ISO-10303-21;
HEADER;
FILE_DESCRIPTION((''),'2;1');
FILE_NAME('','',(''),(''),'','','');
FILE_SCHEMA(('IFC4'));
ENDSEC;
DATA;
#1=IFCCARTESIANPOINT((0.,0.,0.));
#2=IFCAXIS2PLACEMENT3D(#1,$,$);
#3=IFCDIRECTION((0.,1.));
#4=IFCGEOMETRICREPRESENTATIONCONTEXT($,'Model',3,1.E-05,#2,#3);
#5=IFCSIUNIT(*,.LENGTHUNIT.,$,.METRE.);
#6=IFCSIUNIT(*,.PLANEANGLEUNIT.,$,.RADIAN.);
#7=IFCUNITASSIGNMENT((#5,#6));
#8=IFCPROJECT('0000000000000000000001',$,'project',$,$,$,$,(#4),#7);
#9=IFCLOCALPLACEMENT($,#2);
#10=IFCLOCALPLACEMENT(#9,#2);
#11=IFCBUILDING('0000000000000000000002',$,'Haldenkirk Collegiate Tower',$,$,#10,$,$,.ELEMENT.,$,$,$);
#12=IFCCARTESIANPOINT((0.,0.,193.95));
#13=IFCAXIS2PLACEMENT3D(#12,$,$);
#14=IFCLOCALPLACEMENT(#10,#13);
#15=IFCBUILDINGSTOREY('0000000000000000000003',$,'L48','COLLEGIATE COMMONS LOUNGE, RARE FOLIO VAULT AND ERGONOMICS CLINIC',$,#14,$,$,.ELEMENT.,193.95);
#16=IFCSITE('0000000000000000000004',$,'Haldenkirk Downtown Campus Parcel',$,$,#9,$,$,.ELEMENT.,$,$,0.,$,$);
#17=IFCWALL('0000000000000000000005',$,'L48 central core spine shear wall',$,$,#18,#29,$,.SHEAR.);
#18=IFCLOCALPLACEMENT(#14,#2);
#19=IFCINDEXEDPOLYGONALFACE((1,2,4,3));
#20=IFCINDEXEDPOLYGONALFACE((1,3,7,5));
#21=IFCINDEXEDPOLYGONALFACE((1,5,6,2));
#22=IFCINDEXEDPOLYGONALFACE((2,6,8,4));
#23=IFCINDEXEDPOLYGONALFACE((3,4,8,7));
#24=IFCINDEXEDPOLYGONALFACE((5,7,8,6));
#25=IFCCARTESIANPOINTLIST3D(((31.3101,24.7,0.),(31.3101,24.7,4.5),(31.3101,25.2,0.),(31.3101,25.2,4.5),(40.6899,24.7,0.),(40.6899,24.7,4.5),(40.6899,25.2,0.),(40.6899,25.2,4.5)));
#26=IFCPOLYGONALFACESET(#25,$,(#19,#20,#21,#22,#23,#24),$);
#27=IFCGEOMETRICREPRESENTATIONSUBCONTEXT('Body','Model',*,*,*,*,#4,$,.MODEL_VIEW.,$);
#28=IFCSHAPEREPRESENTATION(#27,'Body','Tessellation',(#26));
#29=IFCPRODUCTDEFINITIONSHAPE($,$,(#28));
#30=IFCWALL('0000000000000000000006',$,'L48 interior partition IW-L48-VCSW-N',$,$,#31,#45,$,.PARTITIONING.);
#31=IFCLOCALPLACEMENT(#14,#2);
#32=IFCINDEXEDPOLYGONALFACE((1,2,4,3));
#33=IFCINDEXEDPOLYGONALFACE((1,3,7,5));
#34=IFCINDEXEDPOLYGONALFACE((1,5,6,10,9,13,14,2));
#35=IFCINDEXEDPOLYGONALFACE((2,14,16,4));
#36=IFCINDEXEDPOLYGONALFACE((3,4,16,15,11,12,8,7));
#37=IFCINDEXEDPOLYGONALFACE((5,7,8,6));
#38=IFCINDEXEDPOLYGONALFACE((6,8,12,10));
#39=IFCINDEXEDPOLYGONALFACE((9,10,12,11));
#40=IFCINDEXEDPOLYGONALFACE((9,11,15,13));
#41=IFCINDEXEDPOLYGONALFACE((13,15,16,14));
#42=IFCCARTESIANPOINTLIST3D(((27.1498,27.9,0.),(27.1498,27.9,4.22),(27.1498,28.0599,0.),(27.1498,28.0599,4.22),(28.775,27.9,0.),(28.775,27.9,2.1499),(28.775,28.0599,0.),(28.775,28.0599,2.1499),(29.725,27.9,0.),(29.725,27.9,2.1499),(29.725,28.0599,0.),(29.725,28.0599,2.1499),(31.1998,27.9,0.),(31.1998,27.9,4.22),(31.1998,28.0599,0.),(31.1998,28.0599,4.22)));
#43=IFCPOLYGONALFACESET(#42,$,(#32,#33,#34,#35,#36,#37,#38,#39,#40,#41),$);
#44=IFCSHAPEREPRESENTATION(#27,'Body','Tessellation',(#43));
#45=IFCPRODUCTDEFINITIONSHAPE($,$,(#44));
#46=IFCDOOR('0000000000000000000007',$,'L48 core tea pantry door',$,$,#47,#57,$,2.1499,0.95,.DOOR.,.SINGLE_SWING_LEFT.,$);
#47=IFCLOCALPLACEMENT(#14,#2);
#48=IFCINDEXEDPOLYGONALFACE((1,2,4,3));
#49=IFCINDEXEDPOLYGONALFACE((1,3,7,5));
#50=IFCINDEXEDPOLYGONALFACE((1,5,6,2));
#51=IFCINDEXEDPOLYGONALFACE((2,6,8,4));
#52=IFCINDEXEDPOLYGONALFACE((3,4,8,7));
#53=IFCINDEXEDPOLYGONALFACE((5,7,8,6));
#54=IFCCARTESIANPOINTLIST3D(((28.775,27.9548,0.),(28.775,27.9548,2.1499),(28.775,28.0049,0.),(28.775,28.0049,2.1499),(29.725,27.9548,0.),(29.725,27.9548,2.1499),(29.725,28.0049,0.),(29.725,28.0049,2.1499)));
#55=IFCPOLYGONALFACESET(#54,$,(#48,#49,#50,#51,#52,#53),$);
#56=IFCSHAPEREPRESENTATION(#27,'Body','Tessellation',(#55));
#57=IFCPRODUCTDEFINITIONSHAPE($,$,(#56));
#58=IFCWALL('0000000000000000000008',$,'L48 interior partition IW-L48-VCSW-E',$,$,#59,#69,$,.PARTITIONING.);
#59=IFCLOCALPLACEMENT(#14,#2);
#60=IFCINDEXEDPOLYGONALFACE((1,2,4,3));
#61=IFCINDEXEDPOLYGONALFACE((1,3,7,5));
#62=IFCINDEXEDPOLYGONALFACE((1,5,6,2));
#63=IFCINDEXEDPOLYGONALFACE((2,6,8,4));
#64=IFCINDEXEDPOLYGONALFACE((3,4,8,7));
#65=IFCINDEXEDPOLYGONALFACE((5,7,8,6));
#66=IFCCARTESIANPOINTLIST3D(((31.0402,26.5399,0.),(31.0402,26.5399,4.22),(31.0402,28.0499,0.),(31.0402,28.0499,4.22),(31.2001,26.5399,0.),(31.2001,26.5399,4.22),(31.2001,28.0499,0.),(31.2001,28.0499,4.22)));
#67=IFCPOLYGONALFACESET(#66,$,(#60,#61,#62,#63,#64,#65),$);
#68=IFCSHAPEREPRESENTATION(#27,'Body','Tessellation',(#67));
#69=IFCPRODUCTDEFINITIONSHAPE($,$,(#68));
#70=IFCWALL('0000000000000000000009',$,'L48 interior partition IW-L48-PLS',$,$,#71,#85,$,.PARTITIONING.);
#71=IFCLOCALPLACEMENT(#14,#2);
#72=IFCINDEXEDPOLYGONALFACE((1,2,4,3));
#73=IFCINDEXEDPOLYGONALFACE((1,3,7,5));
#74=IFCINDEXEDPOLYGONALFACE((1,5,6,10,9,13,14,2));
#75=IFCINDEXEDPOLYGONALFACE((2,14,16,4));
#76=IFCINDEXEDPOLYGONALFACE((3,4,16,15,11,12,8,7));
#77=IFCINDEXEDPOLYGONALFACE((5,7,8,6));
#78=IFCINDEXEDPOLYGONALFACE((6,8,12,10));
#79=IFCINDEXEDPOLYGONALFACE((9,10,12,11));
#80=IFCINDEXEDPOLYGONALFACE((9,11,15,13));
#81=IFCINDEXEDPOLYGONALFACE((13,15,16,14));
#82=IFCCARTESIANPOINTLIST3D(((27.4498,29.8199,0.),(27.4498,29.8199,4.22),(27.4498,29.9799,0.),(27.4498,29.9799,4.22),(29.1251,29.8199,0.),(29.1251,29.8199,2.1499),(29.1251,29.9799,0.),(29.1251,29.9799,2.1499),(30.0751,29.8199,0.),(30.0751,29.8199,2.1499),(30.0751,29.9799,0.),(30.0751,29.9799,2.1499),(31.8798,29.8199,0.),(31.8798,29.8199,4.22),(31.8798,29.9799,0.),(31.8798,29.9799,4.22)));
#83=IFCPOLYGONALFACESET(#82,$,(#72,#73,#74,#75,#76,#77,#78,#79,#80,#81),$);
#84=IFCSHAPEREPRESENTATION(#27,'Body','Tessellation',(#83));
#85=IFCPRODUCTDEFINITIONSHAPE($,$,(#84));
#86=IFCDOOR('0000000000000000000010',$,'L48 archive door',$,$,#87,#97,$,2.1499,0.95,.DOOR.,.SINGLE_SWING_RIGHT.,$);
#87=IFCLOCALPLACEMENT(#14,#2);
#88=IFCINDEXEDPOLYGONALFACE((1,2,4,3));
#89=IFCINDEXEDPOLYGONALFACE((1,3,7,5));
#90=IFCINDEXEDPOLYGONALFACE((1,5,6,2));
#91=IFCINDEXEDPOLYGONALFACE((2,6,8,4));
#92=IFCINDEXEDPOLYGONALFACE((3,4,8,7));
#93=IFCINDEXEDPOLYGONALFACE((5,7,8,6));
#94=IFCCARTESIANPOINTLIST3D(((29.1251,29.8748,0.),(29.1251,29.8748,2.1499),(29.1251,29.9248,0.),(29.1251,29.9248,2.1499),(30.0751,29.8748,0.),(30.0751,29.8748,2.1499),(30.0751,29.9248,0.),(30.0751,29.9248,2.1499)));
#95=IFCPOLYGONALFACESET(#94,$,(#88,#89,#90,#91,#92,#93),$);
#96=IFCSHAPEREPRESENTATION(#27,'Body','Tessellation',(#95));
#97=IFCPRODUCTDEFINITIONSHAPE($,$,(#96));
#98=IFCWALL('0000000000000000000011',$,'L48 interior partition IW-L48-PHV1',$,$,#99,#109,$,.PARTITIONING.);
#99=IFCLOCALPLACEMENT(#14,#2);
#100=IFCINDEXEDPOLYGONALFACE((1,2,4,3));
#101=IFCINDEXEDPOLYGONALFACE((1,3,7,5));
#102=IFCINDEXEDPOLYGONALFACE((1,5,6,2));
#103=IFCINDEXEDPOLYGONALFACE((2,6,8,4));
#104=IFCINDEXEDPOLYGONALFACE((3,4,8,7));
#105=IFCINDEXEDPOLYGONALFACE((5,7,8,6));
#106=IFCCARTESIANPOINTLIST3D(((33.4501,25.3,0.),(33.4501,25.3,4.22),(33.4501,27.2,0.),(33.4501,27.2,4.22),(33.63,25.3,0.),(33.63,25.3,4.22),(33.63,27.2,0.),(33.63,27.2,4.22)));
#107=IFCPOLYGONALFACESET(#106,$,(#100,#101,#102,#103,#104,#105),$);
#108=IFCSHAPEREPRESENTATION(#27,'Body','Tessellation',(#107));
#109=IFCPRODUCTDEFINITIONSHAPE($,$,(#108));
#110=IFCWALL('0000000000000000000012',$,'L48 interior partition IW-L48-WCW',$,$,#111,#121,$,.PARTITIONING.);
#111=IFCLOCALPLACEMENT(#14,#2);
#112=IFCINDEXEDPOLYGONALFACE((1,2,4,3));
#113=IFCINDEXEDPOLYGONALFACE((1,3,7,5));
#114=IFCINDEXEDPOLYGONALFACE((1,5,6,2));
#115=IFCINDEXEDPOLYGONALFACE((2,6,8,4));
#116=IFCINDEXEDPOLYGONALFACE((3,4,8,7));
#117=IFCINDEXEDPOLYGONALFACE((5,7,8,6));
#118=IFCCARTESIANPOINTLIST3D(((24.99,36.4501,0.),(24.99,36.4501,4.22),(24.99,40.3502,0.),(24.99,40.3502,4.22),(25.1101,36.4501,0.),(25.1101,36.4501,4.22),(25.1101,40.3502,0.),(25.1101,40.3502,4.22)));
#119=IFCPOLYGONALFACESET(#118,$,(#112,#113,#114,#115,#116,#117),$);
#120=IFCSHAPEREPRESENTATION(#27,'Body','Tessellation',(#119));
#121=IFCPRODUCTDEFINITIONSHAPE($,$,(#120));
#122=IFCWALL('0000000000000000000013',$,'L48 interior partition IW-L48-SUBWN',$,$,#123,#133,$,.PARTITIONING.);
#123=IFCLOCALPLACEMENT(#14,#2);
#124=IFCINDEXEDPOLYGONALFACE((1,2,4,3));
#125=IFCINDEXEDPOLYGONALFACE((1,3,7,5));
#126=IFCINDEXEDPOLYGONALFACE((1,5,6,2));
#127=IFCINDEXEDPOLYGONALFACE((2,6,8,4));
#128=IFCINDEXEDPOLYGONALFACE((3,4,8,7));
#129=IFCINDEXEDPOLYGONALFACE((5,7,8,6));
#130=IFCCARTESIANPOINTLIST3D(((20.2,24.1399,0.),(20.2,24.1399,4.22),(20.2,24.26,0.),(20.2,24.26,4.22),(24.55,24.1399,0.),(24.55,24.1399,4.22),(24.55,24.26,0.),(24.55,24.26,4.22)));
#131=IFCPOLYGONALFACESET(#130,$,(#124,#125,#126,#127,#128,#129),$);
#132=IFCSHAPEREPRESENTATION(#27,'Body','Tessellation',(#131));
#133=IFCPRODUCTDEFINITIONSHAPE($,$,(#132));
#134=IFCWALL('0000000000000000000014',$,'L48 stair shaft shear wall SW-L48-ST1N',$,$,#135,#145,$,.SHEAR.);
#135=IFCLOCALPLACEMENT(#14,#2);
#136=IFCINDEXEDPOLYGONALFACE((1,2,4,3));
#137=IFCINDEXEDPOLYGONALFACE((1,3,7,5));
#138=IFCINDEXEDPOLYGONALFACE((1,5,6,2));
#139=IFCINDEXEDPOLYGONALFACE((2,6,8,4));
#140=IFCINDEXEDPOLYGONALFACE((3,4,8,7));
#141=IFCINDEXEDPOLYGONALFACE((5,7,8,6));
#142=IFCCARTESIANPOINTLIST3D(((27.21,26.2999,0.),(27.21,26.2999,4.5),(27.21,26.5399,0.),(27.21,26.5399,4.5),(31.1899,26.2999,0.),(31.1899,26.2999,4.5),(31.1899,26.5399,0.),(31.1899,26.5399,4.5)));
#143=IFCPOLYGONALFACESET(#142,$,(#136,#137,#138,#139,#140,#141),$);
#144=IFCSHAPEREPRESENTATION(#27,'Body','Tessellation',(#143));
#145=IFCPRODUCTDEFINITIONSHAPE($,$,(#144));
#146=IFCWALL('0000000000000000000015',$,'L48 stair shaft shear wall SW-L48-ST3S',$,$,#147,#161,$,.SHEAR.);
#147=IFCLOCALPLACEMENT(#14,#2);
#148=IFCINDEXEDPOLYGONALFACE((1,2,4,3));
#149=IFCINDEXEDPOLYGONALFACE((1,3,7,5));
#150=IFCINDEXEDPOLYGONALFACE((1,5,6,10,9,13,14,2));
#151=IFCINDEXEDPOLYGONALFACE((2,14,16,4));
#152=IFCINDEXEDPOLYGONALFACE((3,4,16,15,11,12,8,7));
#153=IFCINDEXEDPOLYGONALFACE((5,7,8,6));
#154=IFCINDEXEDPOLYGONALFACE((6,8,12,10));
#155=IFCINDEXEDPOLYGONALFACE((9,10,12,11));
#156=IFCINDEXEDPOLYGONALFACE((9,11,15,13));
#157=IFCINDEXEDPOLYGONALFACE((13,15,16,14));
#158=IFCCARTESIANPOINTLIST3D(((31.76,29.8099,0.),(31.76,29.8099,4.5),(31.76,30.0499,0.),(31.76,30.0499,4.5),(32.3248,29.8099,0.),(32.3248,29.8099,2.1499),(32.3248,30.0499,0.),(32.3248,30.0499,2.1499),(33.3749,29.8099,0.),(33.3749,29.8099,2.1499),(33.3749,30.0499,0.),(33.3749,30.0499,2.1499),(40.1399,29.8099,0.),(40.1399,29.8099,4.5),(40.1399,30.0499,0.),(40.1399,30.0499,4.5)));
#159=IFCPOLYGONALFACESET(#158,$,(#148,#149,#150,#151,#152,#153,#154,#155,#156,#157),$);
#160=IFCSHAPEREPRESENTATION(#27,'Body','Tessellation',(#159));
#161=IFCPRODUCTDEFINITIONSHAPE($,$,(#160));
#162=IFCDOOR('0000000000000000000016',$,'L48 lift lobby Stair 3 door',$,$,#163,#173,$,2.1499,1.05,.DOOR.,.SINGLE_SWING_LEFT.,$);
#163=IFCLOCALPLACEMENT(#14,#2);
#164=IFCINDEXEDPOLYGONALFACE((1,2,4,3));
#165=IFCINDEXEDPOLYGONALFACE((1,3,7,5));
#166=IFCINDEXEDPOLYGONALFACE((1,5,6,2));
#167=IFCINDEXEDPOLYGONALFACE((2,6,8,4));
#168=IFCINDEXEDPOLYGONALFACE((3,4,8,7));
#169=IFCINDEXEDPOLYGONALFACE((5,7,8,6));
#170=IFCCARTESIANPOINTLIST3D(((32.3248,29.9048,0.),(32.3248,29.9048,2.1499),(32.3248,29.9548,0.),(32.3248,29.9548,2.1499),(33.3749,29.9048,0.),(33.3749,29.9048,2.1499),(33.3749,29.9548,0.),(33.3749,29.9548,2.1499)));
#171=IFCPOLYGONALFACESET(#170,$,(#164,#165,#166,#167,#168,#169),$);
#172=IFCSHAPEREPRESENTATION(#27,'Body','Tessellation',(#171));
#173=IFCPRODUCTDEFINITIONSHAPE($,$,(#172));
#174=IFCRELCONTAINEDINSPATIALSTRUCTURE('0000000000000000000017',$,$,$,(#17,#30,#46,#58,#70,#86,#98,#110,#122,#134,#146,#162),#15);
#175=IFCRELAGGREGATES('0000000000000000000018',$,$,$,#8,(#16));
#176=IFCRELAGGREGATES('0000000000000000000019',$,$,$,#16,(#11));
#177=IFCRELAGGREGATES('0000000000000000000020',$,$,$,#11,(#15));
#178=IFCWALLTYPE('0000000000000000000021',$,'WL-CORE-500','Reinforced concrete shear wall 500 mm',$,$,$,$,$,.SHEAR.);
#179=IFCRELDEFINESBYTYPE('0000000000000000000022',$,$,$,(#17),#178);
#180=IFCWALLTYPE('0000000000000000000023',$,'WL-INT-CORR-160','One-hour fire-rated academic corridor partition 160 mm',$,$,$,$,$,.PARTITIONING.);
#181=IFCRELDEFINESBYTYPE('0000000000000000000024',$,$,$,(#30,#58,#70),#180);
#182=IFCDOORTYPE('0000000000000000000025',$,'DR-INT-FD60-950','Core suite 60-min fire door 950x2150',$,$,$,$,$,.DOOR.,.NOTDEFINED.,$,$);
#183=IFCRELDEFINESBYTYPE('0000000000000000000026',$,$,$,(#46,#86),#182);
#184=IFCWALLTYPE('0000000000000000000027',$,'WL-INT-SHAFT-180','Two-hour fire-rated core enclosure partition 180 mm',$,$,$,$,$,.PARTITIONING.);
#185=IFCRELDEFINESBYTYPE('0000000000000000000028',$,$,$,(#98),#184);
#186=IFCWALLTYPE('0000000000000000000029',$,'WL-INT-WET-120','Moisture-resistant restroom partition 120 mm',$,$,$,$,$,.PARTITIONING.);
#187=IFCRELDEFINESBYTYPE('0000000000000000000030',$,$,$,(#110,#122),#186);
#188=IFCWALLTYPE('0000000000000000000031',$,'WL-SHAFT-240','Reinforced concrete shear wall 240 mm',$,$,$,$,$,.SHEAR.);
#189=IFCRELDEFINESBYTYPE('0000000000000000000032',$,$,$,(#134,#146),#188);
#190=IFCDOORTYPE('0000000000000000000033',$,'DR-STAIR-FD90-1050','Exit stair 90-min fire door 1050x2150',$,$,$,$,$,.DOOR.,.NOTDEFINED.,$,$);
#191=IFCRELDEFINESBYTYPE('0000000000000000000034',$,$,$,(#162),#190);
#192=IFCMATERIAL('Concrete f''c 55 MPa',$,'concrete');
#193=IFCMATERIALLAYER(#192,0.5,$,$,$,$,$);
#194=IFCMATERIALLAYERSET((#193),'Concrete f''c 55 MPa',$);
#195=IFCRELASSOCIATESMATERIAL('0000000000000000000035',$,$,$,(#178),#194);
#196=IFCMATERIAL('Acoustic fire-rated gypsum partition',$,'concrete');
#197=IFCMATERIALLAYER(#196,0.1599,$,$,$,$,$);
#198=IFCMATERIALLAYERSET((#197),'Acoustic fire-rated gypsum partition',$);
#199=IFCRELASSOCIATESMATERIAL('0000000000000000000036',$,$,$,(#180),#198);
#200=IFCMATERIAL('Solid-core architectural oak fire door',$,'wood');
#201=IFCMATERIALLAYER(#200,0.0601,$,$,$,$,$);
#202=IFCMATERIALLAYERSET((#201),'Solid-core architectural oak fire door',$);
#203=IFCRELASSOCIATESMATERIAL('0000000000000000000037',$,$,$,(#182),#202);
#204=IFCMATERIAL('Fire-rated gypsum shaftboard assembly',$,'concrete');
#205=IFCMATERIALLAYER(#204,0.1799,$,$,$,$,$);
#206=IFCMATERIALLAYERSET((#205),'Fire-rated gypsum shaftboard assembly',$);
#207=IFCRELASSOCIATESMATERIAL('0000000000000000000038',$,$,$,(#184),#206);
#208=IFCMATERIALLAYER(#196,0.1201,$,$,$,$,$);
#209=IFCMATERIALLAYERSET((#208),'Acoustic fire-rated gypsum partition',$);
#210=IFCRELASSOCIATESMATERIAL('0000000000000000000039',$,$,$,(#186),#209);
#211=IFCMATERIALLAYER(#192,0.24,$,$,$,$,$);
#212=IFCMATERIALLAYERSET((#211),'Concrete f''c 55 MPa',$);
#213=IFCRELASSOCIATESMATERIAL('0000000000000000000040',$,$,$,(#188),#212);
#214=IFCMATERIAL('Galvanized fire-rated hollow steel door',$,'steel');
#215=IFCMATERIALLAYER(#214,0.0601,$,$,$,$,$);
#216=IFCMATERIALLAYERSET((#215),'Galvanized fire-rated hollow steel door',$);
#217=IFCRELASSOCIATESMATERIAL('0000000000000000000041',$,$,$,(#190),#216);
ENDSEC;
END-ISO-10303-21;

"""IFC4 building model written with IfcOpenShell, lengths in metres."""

from ifc_helpers import new_model, si_unit, direction, frame, frame_2d, origin, place, context, subcontext, project, spatial, rectangle, extrude, material, layer, layer_set, type_object, element, fill, save


model = new_model("IFC4")

# Units and contexts
model_context = context("Model", 3, precision=1e-05, world=origin(), true_north=direction((0.0, 1.0)))
body_context = subcontext(model_context, "Body", "Model", "MODEL_VIEW")
ifc_project = project(units=[si_unit("LENGTHUNIT", "METRE"), si_unit("PLANEANGLEUNIT", "RADIAN")], contexts=[model_context])

# Site, building, storey
site_placement = place(None, origin())
site = spatial("IfcSite", under=ifc_project, at=site_placement, Name="Haldenkirk Downtown Campus Parcel", CompositionType="ELEMENT", RefElevation=0.0)
building_placement = place(site_placement, origin())
building = spatial("IfcBuilding", under=site, at=building_placement, Name="Haldenkirk Collegiate Tower", CompositionType="ELEMENT")
storey_placement = place(building_placement, frame((0.0, 0.0, 193.95)))
storey = spatial("IfcBuildingStorey", under=building, at=storey_placement, Name="L48", Description="COLLEGIATE COMMONS LOUNGE, RARE FOLIO VAULT AND ERGONOMICS CLINIC", CompositionType="ELEMENT", Elevation=193.95)

# Shared definitions
ifc_material_1 = material(Name="Concrete f'c 55 MPa", Category="concrete")
ifc_layer_1 = layer(ifc_material_1, 0.5)
ifc_layer_set_1 = layer_set([ifc_layer_1], Name="Concrete f'c 55 MPa")
wall_type_1 = type_object("IfcWallType", Name="WL-CORE-500", Description="Reinforced concrete shear wall 500 mm", PredefinedType="SHEAR", material=ifc_layer_set_1)

# Wall
wall_1_placement = place(storey_placement, frame((31.3101, 24.95, 0.0), z_axis=(0.0, 0.0, 1.0), x_axis=(1.0, 0.0, 0.0)))
element("IfcWall", 1, at=wall_1_placement, inside=storey, type_object=wall_type_1, Name="L48 central core spine shear wall", PredefinedType="SHEAR", context=body_context, shape_type="SweptSolid", body=[
    extrude(rectangle(XDim=9.3799, YDim=0.5, at=frame_2d((4.6899, 0.0))), origin(), (0.0, 0.0, 1.0), 4.5),
])

# Wall, opening, door
ifc_material_2 = material(Name="Acoustic fire-rated gypsum partition", Category="concrete")
ifc_layer_2 = layer(ifc_material_2, 0.1599)
ifc_layer_set_2 = layer_set([ifc_layer_2], Name="Acoustic fire-rated gypsum partition")
wall_type_2 = type_object("IfcWallType", Name="WL-INT-CORR-160", Description="One-hour fire-rated academic corridor partition 160 mm", PredefinedType="PARTITIONING", material=ifc_layer_set_2)
wall_2_placement = place(storey_placement, frame((27.1499, 27.98, 0.0), z_axis=(0.0, 0.0, 1.0), x_axis=(1.0, 0.0, 0.0)))
wall_2 = element("IfcWall", 2, at=wall_2_placement, inside=storey, type_object=wall_type_2, Name="L48 interior partition IW-L48-VCSW-N", PredefinedType="PARTITIONING", context=body_context, shape_type="SweptSolid", body=[
    extrude(rectangle(XDim=4.05, YDim=0.1599, at=frame_2d((2.0249, 0.0))), origin(), (0.0, 0.0, 1.0), 4.22),
])
opening_1_placement = place(wall_2_placement, frame((1.625, 0.0, 0.0)))
opening_1 = element("IfcOpeningElement", 3, at=opening_1_placement, cuts=wall_2, PredefinedType="OPENING", context=body_context, shape_type="SweptSolid", body=[
    extrude(rectangle(XDim=0.95, YDim=2.1499, at=frame_2d((0.4751, 1.075))), frame((0.0, 0.0898, 0.0), z_axis=(0.0, -1.0, 0.0), x_axis=(1.0, 0.0, 0.0)), (0.0, 0.0, 1.0), 0.1799),
])
ifc_material_3 = material(Name="Solid-core architectural oak fire door", Category="wood")
ifc_layer_3 = layer(ifc_material_3, 0.0601)
ifc_layer_set_3 = layer_set([ifc_layer_3], Name="Solid-core architectural oak fire door")
door_type_1 = type_object("IfcDoorType", Name="DR-INT-FD60-950", Description="Core suite 60-min fire door 950x2150", OperationType="NOTDEFINED", PredefinedType="DOOR", material=ifc_layer_set_3)
door_1_placement = place(opening_1_placement, origin())
door_1 = element("IfcDoor", 4, at=door_1_placement, inside=storey, type_object=door_type_1, Name="L48 core tea pantry door", OperationType="SINGLE_SWING_LEFT", OverallHeight=2.1499, OverallWidth=0.95, PredefinedType="DOOR", context=body_context, shape_type="SweptSolid", body=[
    extrude(rectangle(XDim=0.95, YDim=2.1499, at=frame_2d((0.4751, 1.075))), frame((0.0, 0.0249, 0.0), z_axis=(0.0, -1.0, 0.0), x_axis=(1.0, 0.0, 0.0)), (0.0, 0.0, 1.0), 0.05),
])
fill(opening_1, door_1)

# Wall
wall_3_placement = place(storey_placement, frame((31.1201, 26.54, 0.0), z_axis=(0.0, 0.0, 1.0), x_axis=(0.0, 1.0, 0.0)))
element("IfcWall", 5, at=wall_3_placement, inside=storey, type_object=wall_type_2, Name="L48 interior partition IW-L48-VCSW-E", PredefinedType="PARTITIONING", context=body_context, shape_type="SweptSolid", body=[
    extrude(rectangle(XDim=1.51, YDim=0.1599, at=frame_2d((0.7549, 0.0))), origin(), (0.0, 0.0, 1.0), 4.22),
])

# Wall, opening, door
wall_4_placement = place(storey_placement, frame((27.45, 29.8999, 0.0), z_axis=(0.0, 0.0, 1.0), x_axis=(1.0, 0.0, 0.0)))
wall_4 = element("IfcWall", 6, at=wall_4_placement, inside=storey, type_object=wall_type_2, Name="L48 interior partition IW-L48-PLS", PredefinedType="PARTITIONING", context=body_context, shape_type="SweptSolid", body=[
    extrude(rectangle(XDim=4.4299, YDim=0.1599, at=frame_2d((2.2148, 0.0))), origin(), (0.0, 0.0, 1.0), 4.22),
])
opening_2_placement = place(wall_4_placement, frame((1.675, 0.0, 0.0)))
opening_2 = element("IfcOpeningElement", 7, at=opening_2_placement, cuts=wall_4, PredefinedType="OPENING", context=body_context, shape_type="SweptSolid", body=[
    extrude(rectangle(XDim=0.95, YDim=2.1499, at=frame_2d((0.4751, 1.075))), frame((0.0, 0.0898, 0.0), z_axis=(0.0, -1.0, 0.0), x_axis=(1.0, 0.0, 0.0)), (0.0, 0.0, 1.0), 0.1799),
])
door_2_placement = place(opening_2_placement, origin())
door_2 = element("IfcDoor", 8, at=door_2_placement, inside=storey, type_object=door_type_1, Name="L48 archive door", OperationType="SINGLE_SWING_RIGHT", OverallHeight=2.1499, OverallWidth=0.95, PredefinedType="DOOR", context=body_context, shape_type="SweptSolid", body=[
    extrude(rectangle(XDim=0.95, YDim=2.1499, at=frame_2d((0.4751, 1.075))), frame((0.0, 0.0249, 0.0), z_axis=(0.0, -1.0, 0.0), x_axis=(1.0, 0.0, 0.0)), (0.0, 0.0, 1.0), 0.05),
])
fill(opening_2, door_2)

# Shared definitions
ifc_material_4 = material(Name="Fire-rated gypsum shaftboard assembly", Category="concrete")
ifc_layer_4 = layer(ifc_material_4, 0.1799)
ifc_layer_set_4 = layer_set([ifc_layer_4], Name="Fire-rated gypsum shaftboard assembly")
wall_type_3 = type_object("IfcWallType", Name="WL-INT-SHAFT-180", Description="Two-hour fire-rated core enclosure partition 180 mm", PredefinedType="PARTITIONING", material=ifc_layer_set_4)

# Wall
wall_5_placement = place(storey_placement, frame((33.54, 25.3, 0.0), z_axis=(0.0, 0.0, 1.0), x_axis=(0.0, 1.0, 0.0)))
element("IfcWall", 9, at=wall_5_placement, inside=storey, type_object=wall_type_3, Name="L48 interior partition IW-L48-PHV1", PredefinedType="PARTITIONING", context=body_context, shape_type="SweptSolid", body=[
    extrude(rectangle(XDim=1.8999, YDim=0.1799, at=frame_2d((0.95, 0.0))), origin(), (0.0, 0.0, 1.0), 4.22),
])

# Shared definitions
ifc_material_5 = material(Name="Galvanized fire-rated hollow steel door", Category="steel")

# Walls
ifc_layer_5 = layer(ifc_material_2, 0.1201)
ifc_layer_set_5 = layer_set([ifc_layer_5], Name="Acoustic fire-rated gypsum partition")
wall_type_4 = type_object("IfcWallType", Name="WL-INT-WET-120", Description="Moisture-resistant restroom partition 120 mm", PredefinedType="PARTITIONING", material=ifc_layer_set_5)
wall_6_placement = place(storey_placement, frame((25.05, 36.45, 0.0), z_axis=(0.0, 0.0, 1.0), x_axis=(0.0, 1.0, 0.0)))
element("IfcWall", 10, at=wall_6_placement, inside=storey, type_object=wall_type_4, Name="L48 interior partition IW-L48-WCW", PredefinedType="PARTITIONING", context=body_context, shape_type="SweptSolid", body=[
    extrude(rectangle(XDim=3.9001, YDim=0.1201, at=frame_2d((1.9502, 0.0))), origin(), (0.0, 0.0, 1.0), 4.22),
])
wall_7_placement = place(storey_placement, frame((20.2, 24.2, 0.0), z_axis=(0.0, 0.0, 1.0), x_axis=(1.0, 0.0, 0.0)))
element("IfcWall", 11, at=wall_7_placement, inside=storey, type_object=wall_type_4, Name="L48 interior partition IW-L48-SUBWN", PredefinedType="PARTITIONING", context=body_context, shape_type="SweptSolid", body=[
    extrude(rectangle(XDim=4.3501, YDim=0.1201, at=frame_2d((2.175, 0.0))), origin(), (0.0, 0.0, 1.0), 4.22),
])
ifc_layer_6 = layer(ifc_material_1, 0.24)
ifc_layer_set_6 = layer_set([ifc_layer_6], Name="Concrete f'c 55 MPa")
wall_type_5 = type_object("IfcWallType", Name="WL-SHAFT-240", Description="Reinforced concrete shear wall 240 mm", PredefinedType="SHEAR", material=ifc_layer_set_6)
wall_8_placement = place(storey_placement, frame((27.21, 26.4199, 0.0), z_axis=(0.0, 0.0, 1.0), x_axis=(1.0, 0.0, 0.0)))
element("IfcWall", 12, at=wall_8_placement, inside=storey, type_object=wall_type_5, Name="L48 stair shaft shear wall SW-L48-ST1N", PredefinedType="SHEAR", context=body_context, shape_type="SweptSolid", body=[
    extrude(rectangle(XDim=3.98, YDim=0.24, at=frame_2d((1.99, 0.0))), origin(), (0.0, 0.0, 1.0), 4.5),
])

# Wall, opening, door
wall_9_placement = place(storey_placement, frame((31.76, 29.9299, 0.0), z_axis=(0.0, 0.0, 1.0), x_axis=(1.0, 0.0, 0.0)))
wall_9 = element("IfcWall", 13, at=wall_9_placement, inside=storey, type_object=wall_type_5, Name="L48 stair shaft shear wall SW-L48-ST3S", PredefinedType="SHEAR", context=body_context, shape_type="SweptSolid", body=[
    extrude(rectangle(XDim=8.3799, YDim=0.24, at=frame_2d((4.1899, 0.0))), origin(), (0.0, 0.0, 1.0), 4.5),
])
opening_3_placement = place(wall_9_placement, frame((0.5649, 0.0, 0.0)))
opening_3 = element("IfcOpeningElement", 14, at=opening_3_placement, cuts=wall_9, PredefinedType="OPENING", context=body_context, shape_type="SweptSolid", body=[
    extrude(rectangle(XDim=1.05, YDim=2.1499, at=frame_2d((0.5249, 1.075))), frame((0.0, 0.1299, 0.0), z_axis=(0.0, -1.0, 0.0), x_axis=(1.0, 0.0, 0.0)), (0.0, 0.0, 1.0), 0.26),
])
ifc_layer_7 = layer(ifc_material_5, 0.0601)
ifc_layer_set_7 = layer_set([ifc_layer_7], Name="Galvanized fire-rated hollow steel door")
door_type_2 = type_object("IfcDoorType", Name="DR-STAIR-FD90-1050", Description="Exit stair 90-min fire door 1050x2150", OperationType="NOTDEFINED", PredefinedType="DOOR", material=ifc_layer_set_7)
door_3_placement = place(opening_3_placement, origin())
door_3 = element("IfcDoor", 15, at=door_3_placement, inside=storey, type_object=door_type_2, Name="L48 lift lobby Stair 3 door", OperationType="SINGLE_SWING_LEFT", OverallHeight=2.1499, OverallWidth=1.05, PredefinedType="DOOR", context=body_context, shape_type="SweptSolid", body=[
    extrude(rectangle(XDim=1.05, YDim=2.1499, at=frame_2d((0.5249, 1.075))), frame((0.0, 0.0249, 0.0), z_axis=(0.0, -1.0, 0.0), x_axis=(1.0, 0.0, 0.0)), (0.0, 0.0, 1.0), 0.05),
])
fill(opening_3, door_3)

save(model, "model.ifc")
